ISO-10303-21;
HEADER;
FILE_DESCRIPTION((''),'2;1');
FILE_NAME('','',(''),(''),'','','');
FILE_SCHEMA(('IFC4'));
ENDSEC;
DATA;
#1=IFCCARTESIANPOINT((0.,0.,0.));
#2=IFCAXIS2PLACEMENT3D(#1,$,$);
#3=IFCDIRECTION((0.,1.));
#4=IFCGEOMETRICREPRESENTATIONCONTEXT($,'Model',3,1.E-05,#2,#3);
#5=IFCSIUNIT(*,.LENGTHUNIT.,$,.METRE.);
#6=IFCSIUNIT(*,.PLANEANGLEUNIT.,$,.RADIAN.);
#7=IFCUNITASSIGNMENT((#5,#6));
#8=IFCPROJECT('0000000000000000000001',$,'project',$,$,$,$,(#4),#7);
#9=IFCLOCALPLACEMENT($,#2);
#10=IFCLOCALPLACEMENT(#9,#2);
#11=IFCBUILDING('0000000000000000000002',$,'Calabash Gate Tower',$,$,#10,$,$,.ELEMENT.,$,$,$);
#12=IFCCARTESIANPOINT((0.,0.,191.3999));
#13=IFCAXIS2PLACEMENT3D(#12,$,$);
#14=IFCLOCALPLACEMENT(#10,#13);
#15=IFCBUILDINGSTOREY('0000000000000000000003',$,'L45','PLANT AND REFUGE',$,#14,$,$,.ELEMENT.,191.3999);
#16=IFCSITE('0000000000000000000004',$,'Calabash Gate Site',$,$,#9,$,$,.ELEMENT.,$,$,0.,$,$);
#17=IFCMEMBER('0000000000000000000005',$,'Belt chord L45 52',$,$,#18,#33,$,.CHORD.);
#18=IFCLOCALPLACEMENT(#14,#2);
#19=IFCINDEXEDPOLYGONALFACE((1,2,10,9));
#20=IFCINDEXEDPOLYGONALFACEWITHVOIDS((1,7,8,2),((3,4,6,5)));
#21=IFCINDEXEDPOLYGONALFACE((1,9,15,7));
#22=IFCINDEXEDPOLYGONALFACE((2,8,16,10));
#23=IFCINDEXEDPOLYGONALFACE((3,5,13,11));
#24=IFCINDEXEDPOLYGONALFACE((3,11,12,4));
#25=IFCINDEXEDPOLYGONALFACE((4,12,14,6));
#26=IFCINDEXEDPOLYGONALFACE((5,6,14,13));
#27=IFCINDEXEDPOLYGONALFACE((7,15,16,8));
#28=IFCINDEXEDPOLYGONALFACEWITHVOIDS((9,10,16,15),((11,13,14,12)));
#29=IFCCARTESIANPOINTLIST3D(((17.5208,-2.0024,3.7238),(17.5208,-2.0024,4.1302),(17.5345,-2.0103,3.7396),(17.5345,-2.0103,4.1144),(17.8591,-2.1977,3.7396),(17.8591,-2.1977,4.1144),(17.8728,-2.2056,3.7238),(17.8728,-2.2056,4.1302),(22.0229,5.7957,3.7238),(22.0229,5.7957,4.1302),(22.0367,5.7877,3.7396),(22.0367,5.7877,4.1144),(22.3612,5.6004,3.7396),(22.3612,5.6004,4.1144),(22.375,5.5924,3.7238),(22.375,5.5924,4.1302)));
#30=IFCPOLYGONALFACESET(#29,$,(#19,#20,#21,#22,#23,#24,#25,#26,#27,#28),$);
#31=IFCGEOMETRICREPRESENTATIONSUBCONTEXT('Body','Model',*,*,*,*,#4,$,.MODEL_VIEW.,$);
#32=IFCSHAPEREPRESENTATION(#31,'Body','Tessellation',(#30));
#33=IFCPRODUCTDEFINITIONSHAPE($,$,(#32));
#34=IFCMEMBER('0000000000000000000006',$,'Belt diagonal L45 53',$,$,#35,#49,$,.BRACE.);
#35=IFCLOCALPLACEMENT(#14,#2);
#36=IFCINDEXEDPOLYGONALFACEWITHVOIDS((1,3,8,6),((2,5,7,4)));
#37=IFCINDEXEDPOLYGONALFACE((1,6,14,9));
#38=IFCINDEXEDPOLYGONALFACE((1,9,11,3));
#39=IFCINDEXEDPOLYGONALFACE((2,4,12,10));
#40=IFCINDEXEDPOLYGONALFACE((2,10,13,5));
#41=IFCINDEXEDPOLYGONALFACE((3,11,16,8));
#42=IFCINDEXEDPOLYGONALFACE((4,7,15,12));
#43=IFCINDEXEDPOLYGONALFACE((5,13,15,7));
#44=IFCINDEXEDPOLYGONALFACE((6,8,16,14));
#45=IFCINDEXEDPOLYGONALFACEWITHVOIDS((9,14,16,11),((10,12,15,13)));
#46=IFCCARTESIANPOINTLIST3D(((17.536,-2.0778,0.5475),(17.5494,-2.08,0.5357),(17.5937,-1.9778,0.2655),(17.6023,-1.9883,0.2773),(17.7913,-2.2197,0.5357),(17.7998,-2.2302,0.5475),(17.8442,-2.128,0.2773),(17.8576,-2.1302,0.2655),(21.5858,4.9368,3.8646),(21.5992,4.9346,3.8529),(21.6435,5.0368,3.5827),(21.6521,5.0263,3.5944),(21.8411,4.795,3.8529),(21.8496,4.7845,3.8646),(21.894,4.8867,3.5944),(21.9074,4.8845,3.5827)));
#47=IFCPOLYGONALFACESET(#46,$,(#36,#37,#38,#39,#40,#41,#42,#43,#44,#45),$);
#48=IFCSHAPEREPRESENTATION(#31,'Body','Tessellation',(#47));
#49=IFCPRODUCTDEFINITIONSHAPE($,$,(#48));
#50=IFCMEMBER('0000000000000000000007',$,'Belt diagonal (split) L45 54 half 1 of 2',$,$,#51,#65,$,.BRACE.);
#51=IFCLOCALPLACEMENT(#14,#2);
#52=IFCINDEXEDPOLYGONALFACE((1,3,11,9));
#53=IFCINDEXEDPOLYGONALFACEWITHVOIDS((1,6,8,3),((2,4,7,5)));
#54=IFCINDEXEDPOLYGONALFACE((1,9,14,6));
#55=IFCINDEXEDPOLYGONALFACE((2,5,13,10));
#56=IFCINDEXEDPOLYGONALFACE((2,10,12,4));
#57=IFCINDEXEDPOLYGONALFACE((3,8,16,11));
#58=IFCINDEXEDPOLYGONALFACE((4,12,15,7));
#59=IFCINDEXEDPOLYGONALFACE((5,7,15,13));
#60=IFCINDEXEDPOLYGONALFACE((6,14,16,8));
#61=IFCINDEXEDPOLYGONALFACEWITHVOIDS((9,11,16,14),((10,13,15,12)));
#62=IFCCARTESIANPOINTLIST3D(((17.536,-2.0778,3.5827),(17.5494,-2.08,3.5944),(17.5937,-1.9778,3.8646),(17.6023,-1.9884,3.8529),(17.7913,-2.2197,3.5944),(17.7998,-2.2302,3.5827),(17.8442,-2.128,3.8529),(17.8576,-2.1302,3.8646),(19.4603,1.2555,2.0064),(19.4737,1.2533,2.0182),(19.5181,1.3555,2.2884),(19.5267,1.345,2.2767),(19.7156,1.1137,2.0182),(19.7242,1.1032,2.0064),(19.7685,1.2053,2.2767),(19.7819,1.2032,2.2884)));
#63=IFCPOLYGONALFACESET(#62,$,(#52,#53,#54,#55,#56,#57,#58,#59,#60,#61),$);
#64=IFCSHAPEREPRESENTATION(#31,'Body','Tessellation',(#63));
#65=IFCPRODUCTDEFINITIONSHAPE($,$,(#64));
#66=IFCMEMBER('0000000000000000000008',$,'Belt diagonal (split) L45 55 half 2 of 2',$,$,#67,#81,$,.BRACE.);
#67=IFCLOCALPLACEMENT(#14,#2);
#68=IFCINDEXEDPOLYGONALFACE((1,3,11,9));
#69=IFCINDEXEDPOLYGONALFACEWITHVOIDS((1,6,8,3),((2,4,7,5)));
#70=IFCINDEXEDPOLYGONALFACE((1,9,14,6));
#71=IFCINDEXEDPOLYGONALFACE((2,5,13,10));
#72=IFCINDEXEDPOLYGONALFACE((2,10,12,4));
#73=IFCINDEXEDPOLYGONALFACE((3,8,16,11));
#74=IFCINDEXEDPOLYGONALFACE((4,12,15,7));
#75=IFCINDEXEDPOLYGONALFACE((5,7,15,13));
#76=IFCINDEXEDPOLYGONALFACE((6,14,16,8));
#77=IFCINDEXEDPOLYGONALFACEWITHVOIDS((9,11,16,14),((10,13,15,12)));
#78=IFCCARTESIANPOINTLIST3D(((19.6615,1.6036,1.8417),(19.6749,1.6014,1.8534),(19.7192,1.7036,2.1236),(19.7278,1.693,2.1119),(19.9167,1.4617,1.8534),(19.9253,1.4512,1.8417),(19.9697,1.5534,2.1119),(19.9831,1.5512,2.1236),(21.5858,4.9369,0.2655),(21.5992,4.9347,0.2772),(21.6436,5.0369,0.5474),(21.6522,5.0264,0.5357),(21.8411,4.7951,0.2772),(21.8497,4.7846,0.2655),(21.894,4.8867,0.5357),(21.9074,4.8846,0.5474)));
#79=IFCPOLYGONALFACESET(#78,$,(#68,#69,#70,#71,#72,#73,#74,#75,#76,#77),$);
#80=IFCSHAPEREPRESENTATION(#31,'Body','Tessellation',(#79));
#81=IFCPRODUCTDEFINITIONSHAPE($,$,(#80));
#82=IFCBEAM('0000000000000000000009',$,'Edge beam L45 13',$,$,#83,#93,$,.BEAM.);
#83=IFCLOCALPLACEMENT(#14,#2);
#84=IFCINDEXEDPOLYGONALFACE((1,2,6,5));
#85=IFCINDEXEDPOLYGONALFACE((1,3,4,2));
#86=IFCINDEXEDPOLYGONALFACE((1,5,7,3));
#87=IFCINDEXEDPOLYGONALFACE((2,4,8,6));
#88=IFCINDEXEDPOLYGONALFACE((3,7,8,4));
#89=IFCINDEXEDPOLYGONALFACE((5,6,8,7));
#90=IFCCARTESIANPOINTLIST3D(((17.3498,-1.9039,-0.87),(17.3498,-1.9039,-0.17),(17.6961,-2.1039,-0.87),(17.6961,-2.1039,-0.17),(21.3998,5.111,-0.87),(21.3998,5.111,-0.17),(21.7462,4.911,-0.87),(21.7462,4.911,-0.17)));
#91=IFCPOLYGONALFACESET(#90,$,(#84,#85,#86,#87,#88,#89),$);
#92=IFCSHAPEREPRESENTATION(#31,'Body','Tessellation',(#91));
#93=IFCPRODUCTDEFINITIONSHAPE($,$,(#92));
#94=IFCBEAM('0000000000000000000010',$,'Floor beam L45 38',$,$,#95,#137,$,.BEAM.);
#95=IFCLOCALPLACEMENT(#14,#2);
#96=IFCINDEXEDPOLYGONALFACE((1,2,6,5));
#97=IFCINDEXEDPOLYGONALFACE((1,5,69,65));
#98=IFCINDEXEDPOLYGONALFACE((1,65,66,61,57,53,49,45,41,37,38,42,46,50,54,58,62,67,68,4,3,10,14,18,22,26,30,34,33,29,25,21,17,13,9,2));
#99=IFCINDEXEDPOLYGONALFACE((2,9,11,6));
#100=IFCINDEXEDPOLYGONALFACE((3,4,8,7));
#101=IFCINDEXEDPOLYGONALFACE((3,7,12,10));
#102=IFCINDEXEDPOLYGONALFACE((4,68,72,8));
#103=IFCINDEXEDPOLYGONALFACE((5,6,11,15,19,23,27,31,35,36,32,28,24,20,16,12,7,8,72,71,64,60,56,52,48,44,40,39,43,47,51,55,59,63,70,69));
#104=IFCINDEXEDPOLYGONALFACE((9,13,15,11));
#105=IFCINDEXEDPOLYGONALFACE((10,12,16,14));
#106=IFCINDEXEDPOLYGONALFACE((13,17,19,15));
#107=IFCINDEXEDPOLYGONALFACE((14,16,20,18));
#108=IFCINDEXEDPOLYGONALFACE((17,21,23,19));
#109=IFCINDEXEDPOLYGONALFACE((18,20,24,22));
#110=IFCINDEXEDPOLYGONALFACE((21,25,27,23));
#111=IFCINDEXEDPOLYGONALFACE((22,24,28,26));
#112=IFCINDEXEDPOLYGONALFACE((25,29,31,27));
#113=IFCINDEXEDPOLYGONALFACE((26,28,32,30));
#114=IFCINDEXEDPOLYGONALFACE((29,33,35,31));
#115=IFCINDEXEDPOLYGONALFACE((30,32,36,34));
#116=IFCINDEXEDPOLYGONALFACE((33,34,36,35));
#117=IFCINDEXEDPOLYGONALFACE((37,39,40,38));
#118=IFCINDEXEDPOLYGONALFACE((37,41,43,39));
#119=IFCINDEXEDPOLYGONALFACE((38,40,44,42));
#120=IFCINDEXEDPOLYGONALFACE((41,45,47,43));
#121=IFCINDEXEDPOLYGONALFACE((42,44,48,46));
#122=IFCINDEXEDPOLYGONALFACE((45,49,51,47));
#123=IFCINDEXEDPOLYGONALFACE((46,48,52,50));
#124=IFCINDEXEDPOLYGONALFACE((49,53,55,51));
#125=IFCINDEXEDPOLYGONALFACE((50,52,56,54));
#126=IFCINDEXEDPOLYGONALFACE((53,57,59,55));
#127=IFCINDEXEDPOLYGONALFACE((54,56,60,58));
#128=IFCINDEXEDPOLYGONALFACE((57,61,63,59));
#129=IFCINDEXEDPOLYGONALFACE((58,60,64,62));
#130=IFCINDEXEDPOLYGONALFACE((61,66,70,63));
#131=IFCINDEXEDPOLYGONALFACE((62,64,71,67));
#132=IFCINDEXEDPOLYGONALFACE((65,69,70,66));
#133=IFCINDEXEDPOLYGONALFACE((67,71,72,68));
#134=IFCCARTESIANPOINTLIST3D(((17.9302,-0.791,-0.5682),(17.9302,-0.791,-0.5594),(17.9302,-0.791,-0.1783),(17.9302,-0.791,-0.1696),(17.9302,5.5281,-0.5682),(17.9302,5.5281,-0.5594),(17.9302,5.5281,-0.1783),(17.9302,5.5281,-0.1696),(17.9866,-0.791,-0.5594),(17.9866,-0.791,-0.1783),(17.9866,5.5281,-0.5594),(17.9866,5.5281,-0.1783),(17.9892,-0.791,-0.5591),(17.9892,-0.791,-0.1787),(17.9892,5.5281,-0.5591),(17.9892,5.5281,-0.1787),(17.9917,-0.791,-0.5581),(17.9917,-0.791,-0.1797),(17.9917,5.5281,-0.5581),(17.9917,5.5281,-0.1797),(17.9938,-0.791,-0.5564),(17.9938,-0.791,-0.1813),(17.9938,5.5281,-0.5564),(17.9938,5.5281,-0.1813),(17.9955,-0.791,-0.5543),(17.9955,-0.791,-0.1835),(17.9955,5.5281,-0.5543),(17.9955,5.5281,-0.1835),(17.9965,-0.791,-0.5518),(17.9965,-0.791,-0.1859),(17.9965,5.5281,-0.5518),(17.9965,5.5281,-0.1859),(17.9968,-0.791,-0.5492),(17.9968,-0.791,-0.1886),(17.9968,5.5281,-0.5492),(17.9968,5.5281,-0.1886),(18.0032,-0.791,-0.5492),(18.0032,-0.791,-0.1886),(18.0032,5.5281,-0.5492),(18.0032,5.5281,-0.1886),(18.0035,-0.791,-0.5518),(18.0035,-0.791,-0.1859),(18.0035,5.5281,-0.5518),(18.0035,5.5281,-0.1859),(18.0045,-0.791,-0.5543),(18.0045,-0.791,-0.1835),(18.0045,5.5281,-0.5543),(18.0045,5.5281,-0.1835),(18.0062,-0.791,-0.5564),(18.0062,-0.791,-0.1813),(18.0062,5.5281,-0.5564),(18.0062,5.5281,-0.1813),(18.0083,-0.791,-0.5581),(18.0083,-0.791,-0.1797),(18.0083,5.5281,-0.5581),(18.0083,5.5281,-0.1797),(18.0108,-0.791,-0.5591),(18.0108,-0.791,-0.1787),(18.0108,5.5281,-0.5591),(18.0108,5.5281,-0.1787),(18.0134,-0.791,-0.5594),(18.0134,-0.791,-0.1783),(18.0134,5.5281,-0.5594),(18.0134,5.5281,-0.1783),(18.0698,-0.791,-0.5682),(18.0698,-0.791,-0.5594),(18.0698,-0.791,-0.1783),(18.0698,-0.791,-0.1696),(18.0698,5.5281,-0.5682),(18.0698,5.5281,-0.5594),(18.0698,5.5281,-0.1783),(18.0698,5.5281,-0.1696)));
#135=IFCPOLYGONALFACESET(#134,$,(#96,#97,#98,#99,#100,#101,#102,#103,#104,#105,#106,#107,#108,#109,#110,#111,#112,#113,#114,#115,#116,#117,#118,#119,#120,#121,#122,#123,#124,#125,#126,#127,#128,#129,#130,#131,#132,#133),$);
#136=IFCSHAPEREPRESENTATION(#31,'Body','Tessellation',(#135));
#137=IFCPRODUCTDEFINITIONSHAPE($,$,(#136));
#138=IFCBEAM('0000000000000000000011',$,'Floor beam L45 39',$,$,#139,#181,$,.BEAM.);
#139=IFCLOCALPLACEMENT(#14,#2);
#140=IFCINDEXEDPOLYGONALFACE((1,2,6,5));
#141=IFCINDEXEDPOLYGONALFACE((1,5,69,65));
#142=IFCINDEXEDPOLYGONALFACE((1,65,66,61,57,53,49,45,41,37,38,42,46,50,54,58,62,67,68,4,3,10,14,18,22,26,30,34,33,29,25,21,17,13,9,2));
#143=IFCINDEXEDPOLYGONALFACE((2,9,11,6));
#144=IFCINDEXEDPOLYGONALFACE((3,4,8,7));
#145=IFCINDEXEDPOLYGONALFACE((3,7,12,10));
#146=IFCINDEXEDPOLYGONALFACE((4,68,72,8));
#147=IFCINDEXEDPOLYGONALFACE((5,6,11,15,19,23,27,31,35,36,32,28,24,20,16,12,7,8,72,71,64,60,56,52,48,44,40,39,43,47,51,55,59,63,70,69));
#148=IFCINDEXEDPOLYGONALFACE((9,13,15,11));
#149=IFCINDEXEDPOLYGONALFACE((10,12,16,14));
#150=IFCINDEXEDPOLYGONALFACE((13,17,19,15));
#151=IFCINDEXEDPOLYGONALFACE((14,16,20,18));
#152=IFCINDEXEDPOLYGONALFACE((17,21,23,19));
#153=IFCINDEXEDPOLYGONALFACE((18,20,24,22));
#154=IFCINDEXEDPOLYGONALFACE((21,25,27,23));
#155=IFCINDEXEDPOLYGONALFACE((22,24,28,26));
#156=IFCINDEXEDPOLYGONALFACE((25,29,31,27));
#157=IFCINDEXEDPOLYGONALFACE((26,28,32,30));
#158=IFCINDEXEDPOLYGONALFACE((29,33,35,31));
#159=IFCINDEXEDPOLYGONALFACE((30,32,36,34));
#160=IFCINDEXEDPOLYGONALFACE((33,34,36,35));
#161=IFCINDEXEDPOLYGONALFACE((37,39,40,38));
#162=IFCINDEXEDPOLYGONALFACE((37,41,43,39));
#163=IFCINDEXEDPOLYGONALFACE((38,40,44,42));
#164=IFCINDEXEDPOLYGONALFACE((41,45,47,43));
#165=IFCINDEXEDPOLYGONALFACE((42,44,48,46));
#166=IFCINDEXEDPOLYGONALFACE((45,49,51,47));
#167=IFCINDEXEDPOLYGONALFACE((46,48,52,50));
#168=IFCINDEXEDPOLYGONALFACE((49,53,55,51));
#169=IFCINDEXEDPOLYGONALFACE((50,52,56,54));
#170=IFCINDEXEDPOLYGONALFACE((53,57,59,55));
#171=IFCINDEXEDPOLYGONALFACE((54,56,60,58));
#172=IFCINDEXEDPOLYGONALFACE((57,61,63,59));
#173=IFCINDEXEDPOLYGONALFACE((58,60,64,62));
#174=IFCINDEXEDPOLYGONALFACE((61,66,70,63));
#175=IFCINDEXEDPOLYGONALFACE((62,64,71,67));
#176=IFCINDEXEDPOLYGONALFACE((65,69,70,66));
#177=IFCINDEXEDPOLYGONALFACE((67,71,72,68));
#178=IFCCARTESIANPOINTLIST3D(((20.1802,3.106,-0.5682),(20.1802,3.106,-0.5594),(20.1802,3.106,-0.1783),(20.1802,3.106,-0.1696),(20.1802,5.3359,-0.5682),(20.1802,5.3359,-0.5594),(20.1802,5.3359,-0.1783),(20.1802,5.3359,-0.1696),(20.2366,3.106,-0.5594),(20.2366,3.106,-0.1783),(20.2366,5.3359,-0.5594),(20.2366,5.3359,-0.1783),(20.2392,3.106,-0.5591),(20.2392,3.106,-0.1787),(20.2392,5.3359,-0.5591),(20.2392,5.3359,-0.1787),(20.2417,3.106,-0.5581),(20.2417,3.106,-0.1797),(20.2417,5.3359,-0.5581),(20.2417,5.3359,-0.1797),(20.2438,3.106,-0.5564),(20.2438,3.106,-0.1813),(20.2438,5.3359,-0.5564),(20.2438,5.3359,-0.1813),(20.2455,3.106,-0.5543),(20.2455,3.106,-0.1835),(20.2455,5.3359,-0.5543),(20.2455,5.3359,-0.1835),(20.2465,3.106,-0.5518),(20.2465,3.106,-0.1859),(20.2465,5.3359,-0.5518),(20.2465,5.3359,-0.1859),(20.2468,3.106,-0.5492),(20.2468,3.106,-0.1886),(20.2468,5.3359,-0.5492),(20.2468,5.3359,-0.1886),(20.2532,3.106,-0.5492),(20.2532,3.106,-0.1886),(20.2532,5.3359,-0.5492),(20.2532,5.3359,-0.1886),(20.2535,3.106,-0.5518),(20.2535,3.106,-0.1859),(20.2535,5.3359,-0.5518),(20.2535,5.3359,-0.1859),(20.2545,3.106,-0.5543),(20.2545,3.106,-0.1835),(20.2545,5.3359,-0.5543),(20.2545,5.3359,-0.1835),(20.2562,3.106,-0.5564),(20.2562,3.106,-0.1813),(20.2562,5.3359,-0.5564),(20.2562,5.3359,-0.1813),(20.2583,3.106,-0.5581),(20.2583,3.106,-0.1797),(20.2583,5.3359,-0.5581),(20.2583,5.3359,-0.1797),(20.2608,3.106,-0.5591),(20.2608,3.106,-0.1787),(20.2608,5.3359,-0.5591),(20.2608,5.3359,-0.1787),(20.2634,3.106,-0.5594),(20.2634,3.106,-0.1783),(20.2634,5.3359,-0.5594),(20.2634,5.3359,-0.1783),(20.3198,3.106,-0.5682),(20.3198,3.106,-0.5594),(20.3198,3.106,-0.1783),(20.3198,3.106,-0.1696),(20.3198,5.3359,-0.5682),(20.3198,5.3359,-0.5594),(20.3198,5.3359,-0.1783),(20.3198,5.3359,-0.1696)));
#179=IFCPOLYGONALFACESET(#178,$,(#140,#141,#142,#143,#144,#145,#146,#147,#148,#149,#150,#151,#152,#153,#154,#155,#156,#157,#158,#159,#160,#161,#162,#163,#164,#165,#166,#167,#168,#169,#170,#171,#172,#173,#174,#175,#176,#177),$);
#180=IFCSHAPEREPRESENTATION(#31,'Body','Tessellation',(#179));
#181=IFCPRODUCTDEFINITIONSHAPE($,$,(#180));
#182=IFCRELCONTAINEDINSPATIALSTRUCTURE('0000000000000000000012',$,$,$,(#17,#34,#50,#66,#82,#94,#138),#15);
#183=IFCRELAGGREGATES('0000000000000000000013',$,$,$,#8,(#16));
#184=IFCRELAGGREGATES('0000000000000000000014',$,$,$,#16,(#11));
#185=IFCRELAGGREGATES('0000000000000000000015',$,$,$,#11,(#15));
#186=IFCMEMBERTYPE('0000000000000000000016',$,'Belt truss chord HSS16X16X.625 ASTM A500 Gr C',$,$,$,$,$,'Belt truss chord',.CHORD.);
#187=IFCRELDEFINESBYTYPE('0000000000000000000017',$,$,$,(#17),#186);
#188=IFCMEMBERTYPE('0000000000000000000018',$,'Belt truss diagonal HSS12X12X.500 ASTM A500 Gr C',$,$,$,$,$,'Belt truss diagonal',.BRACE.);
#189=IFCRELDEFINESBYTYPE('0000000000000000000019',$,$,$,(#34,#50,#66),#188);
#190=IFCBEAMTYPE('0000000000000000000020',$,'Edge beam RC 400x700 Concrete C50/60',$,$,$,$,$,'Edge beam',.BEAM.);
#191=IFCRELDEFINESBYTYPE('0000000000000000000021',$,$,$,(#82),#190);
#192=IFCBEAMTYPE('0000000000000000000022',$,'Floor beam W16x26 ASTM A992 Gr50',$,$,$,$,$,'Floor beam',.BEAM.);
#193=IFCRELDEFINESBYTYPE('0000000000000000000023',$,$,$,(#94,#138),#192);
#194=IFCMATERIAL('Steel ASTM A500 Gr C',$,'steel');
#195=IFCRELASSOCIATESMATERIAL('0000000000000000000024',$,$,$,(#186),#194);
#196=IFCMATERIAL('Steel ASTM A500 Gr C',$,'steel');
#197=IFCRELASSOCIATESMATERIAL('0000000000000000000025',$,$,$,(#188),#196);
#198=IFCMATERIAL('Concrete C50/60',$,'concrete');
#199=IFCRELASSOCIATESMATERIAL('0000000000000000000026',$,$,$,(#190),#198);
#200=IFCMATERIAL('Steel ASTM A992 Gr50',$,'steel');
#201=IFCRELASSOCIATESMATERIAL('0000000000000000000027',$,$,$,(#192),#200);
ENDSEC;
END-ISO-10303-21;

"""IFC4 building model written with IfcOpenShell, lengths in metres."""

from ifc_helpers import new_model, si_unit, direction, frame, origin, origin_2d, place, context, subcontext, project, spatial, rectangle, hollow_rectangle, i_section, extrude, material, material_profile, profile_set, type_object, element, save


model = new_model("IFC4")

# Units and contexts
model_context = context("Model", 3, precision=1e-05, world=origin(), true_north=direction((0.0, 1.0)))
body_context = subcontext(model_context, "Body", "Model", "MODEL_VIEW")
ifc_project = project(units=[si_unit("LENGTHUNIT", "METRE"), si_unit("PLANEANGLEUNIT", "RADIAN")], contexts=[model_context])

# Site, building, storey
site_placement = place(None, origin())
site = spatial("IfcSite", under=ifc_project, at=site_placement, Name="Calabash Gate Site", CompositionType="ELEMENT", RefElevation=0.0)
building_placement = place(site_placement, origin())
building = spatial("IfcBuilding", under=site, at=building_placement, Name="Calabash Gate Tower", CompositionType="ELEMENT")
storey_placement = place(building_placement, frame((0.0, 0.0, 191.3999)))
storey = spatial("IfcBuildingStorey", under=building, at=storey_placement, Name="L45", Description="PLANT AND REFUGE", CompositionType="ELEMENT", Elevation=191.3999)

# Members
ifc_material_1 = material(Name="Steel ASTM A500 Gr C", Category="steel")
ifc_material_profile_1 = material_profile(ifc_material_1, hollow_rectangle(XDim=0.4065, YDim=0.4065, WallThickness=0.0159, at=origin_2d()))
ifc_profile_set_1 = profile_set([ifc_material_profile_1], Name="Steel ASTM A500 Gr C")
member_type_1 = type_object("IfcMemberType", Name="Belt truss chord HSS16X16X.625 ASTM A500 Gr C", ElementType="Belt truss chord", PredefinedType="CHORD", material=ifc_profile_set_1)
member_1_placement = place(storey_placement, frame((17.6968, -2.104, 3.927), z_axis=(0.499997, 0.866027, 0.0), x_axis=(-0.866027, 0.499997, 0.0)))
element("IfcMember", 1, at=member_1_placement, inside=storey, type_object=member_type_1, Name="Belt chord L45 52", PredefinedType="CHORD", context=body_context, shape_type="SweptSolid", body=[
    extrude(hollow_rectangle(XDim=0.4065, YDim=0.4065, WallThickness=0.0159, at=origin_2d()), origin(), (0.0, 0.0, 1.0), 9.0044),
])
ifc_material_2 = material(Name="Steel ASTM A500 Gr C", Category="steel")
ifc_material_profile_2 = material_profile(ifc_material_2, hollow_rectangle(XDim=0.3047, YDim=0.3047, WallThickness=0.0127, at=origin_2d()))
ifc_profile_set_2 = profile_set([ifc_material_profile_2], Name="Steel ASTM A500 Gr C")
member_type_2 = type_object("IfcMemberType", Name="Belt truss diagonal HSS12X12X.500 ASTM A500 Gr C", ElementType="Belt truss diagonal", PredefinedType="BRACE", material=ifc_profile_set_2)
member_2_placement = place(storey_placement, frame((17.6968, -2.104, 0.4065), z_axis=(0.462692, 0.801428, 0.378985), x_axis=(-0.866031, 0.49999, 0.0)))
element("IfcMember", 2, at=member_2_placement, inside=storey, type_object=member_type_2, Name="Belt diagonal L45 53", PredefinedType="BRACE", context=body_context, shape_type="SweptSolid", body=[
    extrude(hollow_rectangle(XDim=0.3047, YDim=0.3047, WallThickness=0.0127, at=origin_2d()), origin(), (0.0, 0.0, 1.0), 8.7527),
])
for number, where, z_axis, x_axis, name in (
    (3, (17.6968, -2.104, 3.7236), (0.462679, 0.801441, -0.378972), (-0.866041, 0.499973, 0.0), "Belt diagonal (split) L45 54 half 1 of 2"),
    (4, (19.8223, 1.5774, 1.9827), (0.462679, 0.801441, -0.378972), (-0.866041, 0.499973, 0.0), "Belt diagonal (split) L45 55 half 2 of 2"),
):
    element("IfcMember", number, at=place(storey_placement, frame(where, z_axis=z_axis, x_axis=x_axis)), inside=storey, type_object=member_type_2, Name=name, PredefinedType="BRACE", context=body_context, shape_type="SweptSolid", body=[
        extrude(hollow_rectangle(XDim=0.3047, YDim=0.3047, WallThickness=0.0127, at=origin_2d()), origin(), (0.0, 0.0, 1.0), 4.1592),
    ])

# Beams
ifc_material_3 = material(Name="Concrete C50/60", Category="concrete")
ifc_material_profile_3 = material_profile(ifc_material_3, rectangle(XDim=0.3999, YDim=0.7, at=origin_2d()))
ifc_profile_set_3 = profile_set([ifc_material_profile_3], Name="Concrete C50/60")
beam_type_1 = type_object("IfcBeamType", Name="Edge beam RC 400x700 Concrete C50/60", ElementType="Edge beam", PredefinedType="BEAM", material=ifc_profile_set_3)
beam_1_placement = place(storey_placement, frame((17.5229, -2.0039, -0.52), z_axis=(0.5, 0.866025, 0.0), x_axis=(-0.866025, 0.5, 0.0)))
element("IfcBeam", 5, at=beam_1_placement, inside=storey, type_object=beam_type_1, Name="Edge beam L45 13", PredefinedType="BEAM", context=body_context, shape_type="SweptSolid", body=[
    extrude(rectangle(XDim=0.3999, YDim=0.7, at=origin_2d()), origin(), (0.0, 0.0, 1.0), 8.1001),
])
ifc_material_4 = material(Name="Steel ASTM A992 Gr50", Category="steel")
ifc_material_profile_4 = material_profile(ifc_material_4, i_section(OverallWidth=0.1396, OverallDepth=0.3987, WebThickness=0.0063, FlangeThickness=0.0088, FilletRadius=0.0103, at=origin_2d()))
ifc_profile_set_4 = profile_set([ifc_material_profile_4], Name="Steel ASTM A992 Gr50")
beam_type_2 = type_object("IfcBeamType", Name="Floor beam W16x26 ASTM A992 Gr50", ElementType="Floor beam", PredefinedType="BEAM", material=ifc_profile_set_4)
beam_2_placement = place(storey_placement, frame((18.0, -0.791, -0.3689), z_axis=(0.0, 1.0, 0.0), x_axis=(-1.0, 0.0, 0.0)))
element("IfcBeam", 6, at=beam_2_placement, inside=storey, type_object=beam_type_2, Name="Floor beam L45 38", PredefinedType="BEAM", context=body_context, shape_type="SweptSolid", body=[
    extrude(i_section(OverallWidth=0.1396, OverallDepth=0.3987, WebThickness=0.0063, FlangeThickness=0.0088, FilletRadius=0.0103, at=origin_2d()), origin(), (0.0, 0.0, 1.0), 6.3191),
])
beam_3_placement = place(storey_placement, frame((20.25, 3.106, -0.3689), z_axis=(0.0, 1.0, 0.0), x_axis=(-1.0, 0.0, 0.0)))
element("IfcBeam", 7, at=beam_3_placement, inside=storey, type_object=beam_type_2, Name="Floor beam L45 39", PredefinedType="BEAM", context=body_context, shape_type="SweptSolid", body=[
    extrude(i_section(OverallWidth=0.1396, OverallDepth=0.3987, WebThickness=0.0063, FlangeThickness=0.0088, FilletRadius=0.0103, at=origin_2d()), origin(), (0.0, 0.0, 1.0), 2.23),
])

save(model, "model.ifc")
